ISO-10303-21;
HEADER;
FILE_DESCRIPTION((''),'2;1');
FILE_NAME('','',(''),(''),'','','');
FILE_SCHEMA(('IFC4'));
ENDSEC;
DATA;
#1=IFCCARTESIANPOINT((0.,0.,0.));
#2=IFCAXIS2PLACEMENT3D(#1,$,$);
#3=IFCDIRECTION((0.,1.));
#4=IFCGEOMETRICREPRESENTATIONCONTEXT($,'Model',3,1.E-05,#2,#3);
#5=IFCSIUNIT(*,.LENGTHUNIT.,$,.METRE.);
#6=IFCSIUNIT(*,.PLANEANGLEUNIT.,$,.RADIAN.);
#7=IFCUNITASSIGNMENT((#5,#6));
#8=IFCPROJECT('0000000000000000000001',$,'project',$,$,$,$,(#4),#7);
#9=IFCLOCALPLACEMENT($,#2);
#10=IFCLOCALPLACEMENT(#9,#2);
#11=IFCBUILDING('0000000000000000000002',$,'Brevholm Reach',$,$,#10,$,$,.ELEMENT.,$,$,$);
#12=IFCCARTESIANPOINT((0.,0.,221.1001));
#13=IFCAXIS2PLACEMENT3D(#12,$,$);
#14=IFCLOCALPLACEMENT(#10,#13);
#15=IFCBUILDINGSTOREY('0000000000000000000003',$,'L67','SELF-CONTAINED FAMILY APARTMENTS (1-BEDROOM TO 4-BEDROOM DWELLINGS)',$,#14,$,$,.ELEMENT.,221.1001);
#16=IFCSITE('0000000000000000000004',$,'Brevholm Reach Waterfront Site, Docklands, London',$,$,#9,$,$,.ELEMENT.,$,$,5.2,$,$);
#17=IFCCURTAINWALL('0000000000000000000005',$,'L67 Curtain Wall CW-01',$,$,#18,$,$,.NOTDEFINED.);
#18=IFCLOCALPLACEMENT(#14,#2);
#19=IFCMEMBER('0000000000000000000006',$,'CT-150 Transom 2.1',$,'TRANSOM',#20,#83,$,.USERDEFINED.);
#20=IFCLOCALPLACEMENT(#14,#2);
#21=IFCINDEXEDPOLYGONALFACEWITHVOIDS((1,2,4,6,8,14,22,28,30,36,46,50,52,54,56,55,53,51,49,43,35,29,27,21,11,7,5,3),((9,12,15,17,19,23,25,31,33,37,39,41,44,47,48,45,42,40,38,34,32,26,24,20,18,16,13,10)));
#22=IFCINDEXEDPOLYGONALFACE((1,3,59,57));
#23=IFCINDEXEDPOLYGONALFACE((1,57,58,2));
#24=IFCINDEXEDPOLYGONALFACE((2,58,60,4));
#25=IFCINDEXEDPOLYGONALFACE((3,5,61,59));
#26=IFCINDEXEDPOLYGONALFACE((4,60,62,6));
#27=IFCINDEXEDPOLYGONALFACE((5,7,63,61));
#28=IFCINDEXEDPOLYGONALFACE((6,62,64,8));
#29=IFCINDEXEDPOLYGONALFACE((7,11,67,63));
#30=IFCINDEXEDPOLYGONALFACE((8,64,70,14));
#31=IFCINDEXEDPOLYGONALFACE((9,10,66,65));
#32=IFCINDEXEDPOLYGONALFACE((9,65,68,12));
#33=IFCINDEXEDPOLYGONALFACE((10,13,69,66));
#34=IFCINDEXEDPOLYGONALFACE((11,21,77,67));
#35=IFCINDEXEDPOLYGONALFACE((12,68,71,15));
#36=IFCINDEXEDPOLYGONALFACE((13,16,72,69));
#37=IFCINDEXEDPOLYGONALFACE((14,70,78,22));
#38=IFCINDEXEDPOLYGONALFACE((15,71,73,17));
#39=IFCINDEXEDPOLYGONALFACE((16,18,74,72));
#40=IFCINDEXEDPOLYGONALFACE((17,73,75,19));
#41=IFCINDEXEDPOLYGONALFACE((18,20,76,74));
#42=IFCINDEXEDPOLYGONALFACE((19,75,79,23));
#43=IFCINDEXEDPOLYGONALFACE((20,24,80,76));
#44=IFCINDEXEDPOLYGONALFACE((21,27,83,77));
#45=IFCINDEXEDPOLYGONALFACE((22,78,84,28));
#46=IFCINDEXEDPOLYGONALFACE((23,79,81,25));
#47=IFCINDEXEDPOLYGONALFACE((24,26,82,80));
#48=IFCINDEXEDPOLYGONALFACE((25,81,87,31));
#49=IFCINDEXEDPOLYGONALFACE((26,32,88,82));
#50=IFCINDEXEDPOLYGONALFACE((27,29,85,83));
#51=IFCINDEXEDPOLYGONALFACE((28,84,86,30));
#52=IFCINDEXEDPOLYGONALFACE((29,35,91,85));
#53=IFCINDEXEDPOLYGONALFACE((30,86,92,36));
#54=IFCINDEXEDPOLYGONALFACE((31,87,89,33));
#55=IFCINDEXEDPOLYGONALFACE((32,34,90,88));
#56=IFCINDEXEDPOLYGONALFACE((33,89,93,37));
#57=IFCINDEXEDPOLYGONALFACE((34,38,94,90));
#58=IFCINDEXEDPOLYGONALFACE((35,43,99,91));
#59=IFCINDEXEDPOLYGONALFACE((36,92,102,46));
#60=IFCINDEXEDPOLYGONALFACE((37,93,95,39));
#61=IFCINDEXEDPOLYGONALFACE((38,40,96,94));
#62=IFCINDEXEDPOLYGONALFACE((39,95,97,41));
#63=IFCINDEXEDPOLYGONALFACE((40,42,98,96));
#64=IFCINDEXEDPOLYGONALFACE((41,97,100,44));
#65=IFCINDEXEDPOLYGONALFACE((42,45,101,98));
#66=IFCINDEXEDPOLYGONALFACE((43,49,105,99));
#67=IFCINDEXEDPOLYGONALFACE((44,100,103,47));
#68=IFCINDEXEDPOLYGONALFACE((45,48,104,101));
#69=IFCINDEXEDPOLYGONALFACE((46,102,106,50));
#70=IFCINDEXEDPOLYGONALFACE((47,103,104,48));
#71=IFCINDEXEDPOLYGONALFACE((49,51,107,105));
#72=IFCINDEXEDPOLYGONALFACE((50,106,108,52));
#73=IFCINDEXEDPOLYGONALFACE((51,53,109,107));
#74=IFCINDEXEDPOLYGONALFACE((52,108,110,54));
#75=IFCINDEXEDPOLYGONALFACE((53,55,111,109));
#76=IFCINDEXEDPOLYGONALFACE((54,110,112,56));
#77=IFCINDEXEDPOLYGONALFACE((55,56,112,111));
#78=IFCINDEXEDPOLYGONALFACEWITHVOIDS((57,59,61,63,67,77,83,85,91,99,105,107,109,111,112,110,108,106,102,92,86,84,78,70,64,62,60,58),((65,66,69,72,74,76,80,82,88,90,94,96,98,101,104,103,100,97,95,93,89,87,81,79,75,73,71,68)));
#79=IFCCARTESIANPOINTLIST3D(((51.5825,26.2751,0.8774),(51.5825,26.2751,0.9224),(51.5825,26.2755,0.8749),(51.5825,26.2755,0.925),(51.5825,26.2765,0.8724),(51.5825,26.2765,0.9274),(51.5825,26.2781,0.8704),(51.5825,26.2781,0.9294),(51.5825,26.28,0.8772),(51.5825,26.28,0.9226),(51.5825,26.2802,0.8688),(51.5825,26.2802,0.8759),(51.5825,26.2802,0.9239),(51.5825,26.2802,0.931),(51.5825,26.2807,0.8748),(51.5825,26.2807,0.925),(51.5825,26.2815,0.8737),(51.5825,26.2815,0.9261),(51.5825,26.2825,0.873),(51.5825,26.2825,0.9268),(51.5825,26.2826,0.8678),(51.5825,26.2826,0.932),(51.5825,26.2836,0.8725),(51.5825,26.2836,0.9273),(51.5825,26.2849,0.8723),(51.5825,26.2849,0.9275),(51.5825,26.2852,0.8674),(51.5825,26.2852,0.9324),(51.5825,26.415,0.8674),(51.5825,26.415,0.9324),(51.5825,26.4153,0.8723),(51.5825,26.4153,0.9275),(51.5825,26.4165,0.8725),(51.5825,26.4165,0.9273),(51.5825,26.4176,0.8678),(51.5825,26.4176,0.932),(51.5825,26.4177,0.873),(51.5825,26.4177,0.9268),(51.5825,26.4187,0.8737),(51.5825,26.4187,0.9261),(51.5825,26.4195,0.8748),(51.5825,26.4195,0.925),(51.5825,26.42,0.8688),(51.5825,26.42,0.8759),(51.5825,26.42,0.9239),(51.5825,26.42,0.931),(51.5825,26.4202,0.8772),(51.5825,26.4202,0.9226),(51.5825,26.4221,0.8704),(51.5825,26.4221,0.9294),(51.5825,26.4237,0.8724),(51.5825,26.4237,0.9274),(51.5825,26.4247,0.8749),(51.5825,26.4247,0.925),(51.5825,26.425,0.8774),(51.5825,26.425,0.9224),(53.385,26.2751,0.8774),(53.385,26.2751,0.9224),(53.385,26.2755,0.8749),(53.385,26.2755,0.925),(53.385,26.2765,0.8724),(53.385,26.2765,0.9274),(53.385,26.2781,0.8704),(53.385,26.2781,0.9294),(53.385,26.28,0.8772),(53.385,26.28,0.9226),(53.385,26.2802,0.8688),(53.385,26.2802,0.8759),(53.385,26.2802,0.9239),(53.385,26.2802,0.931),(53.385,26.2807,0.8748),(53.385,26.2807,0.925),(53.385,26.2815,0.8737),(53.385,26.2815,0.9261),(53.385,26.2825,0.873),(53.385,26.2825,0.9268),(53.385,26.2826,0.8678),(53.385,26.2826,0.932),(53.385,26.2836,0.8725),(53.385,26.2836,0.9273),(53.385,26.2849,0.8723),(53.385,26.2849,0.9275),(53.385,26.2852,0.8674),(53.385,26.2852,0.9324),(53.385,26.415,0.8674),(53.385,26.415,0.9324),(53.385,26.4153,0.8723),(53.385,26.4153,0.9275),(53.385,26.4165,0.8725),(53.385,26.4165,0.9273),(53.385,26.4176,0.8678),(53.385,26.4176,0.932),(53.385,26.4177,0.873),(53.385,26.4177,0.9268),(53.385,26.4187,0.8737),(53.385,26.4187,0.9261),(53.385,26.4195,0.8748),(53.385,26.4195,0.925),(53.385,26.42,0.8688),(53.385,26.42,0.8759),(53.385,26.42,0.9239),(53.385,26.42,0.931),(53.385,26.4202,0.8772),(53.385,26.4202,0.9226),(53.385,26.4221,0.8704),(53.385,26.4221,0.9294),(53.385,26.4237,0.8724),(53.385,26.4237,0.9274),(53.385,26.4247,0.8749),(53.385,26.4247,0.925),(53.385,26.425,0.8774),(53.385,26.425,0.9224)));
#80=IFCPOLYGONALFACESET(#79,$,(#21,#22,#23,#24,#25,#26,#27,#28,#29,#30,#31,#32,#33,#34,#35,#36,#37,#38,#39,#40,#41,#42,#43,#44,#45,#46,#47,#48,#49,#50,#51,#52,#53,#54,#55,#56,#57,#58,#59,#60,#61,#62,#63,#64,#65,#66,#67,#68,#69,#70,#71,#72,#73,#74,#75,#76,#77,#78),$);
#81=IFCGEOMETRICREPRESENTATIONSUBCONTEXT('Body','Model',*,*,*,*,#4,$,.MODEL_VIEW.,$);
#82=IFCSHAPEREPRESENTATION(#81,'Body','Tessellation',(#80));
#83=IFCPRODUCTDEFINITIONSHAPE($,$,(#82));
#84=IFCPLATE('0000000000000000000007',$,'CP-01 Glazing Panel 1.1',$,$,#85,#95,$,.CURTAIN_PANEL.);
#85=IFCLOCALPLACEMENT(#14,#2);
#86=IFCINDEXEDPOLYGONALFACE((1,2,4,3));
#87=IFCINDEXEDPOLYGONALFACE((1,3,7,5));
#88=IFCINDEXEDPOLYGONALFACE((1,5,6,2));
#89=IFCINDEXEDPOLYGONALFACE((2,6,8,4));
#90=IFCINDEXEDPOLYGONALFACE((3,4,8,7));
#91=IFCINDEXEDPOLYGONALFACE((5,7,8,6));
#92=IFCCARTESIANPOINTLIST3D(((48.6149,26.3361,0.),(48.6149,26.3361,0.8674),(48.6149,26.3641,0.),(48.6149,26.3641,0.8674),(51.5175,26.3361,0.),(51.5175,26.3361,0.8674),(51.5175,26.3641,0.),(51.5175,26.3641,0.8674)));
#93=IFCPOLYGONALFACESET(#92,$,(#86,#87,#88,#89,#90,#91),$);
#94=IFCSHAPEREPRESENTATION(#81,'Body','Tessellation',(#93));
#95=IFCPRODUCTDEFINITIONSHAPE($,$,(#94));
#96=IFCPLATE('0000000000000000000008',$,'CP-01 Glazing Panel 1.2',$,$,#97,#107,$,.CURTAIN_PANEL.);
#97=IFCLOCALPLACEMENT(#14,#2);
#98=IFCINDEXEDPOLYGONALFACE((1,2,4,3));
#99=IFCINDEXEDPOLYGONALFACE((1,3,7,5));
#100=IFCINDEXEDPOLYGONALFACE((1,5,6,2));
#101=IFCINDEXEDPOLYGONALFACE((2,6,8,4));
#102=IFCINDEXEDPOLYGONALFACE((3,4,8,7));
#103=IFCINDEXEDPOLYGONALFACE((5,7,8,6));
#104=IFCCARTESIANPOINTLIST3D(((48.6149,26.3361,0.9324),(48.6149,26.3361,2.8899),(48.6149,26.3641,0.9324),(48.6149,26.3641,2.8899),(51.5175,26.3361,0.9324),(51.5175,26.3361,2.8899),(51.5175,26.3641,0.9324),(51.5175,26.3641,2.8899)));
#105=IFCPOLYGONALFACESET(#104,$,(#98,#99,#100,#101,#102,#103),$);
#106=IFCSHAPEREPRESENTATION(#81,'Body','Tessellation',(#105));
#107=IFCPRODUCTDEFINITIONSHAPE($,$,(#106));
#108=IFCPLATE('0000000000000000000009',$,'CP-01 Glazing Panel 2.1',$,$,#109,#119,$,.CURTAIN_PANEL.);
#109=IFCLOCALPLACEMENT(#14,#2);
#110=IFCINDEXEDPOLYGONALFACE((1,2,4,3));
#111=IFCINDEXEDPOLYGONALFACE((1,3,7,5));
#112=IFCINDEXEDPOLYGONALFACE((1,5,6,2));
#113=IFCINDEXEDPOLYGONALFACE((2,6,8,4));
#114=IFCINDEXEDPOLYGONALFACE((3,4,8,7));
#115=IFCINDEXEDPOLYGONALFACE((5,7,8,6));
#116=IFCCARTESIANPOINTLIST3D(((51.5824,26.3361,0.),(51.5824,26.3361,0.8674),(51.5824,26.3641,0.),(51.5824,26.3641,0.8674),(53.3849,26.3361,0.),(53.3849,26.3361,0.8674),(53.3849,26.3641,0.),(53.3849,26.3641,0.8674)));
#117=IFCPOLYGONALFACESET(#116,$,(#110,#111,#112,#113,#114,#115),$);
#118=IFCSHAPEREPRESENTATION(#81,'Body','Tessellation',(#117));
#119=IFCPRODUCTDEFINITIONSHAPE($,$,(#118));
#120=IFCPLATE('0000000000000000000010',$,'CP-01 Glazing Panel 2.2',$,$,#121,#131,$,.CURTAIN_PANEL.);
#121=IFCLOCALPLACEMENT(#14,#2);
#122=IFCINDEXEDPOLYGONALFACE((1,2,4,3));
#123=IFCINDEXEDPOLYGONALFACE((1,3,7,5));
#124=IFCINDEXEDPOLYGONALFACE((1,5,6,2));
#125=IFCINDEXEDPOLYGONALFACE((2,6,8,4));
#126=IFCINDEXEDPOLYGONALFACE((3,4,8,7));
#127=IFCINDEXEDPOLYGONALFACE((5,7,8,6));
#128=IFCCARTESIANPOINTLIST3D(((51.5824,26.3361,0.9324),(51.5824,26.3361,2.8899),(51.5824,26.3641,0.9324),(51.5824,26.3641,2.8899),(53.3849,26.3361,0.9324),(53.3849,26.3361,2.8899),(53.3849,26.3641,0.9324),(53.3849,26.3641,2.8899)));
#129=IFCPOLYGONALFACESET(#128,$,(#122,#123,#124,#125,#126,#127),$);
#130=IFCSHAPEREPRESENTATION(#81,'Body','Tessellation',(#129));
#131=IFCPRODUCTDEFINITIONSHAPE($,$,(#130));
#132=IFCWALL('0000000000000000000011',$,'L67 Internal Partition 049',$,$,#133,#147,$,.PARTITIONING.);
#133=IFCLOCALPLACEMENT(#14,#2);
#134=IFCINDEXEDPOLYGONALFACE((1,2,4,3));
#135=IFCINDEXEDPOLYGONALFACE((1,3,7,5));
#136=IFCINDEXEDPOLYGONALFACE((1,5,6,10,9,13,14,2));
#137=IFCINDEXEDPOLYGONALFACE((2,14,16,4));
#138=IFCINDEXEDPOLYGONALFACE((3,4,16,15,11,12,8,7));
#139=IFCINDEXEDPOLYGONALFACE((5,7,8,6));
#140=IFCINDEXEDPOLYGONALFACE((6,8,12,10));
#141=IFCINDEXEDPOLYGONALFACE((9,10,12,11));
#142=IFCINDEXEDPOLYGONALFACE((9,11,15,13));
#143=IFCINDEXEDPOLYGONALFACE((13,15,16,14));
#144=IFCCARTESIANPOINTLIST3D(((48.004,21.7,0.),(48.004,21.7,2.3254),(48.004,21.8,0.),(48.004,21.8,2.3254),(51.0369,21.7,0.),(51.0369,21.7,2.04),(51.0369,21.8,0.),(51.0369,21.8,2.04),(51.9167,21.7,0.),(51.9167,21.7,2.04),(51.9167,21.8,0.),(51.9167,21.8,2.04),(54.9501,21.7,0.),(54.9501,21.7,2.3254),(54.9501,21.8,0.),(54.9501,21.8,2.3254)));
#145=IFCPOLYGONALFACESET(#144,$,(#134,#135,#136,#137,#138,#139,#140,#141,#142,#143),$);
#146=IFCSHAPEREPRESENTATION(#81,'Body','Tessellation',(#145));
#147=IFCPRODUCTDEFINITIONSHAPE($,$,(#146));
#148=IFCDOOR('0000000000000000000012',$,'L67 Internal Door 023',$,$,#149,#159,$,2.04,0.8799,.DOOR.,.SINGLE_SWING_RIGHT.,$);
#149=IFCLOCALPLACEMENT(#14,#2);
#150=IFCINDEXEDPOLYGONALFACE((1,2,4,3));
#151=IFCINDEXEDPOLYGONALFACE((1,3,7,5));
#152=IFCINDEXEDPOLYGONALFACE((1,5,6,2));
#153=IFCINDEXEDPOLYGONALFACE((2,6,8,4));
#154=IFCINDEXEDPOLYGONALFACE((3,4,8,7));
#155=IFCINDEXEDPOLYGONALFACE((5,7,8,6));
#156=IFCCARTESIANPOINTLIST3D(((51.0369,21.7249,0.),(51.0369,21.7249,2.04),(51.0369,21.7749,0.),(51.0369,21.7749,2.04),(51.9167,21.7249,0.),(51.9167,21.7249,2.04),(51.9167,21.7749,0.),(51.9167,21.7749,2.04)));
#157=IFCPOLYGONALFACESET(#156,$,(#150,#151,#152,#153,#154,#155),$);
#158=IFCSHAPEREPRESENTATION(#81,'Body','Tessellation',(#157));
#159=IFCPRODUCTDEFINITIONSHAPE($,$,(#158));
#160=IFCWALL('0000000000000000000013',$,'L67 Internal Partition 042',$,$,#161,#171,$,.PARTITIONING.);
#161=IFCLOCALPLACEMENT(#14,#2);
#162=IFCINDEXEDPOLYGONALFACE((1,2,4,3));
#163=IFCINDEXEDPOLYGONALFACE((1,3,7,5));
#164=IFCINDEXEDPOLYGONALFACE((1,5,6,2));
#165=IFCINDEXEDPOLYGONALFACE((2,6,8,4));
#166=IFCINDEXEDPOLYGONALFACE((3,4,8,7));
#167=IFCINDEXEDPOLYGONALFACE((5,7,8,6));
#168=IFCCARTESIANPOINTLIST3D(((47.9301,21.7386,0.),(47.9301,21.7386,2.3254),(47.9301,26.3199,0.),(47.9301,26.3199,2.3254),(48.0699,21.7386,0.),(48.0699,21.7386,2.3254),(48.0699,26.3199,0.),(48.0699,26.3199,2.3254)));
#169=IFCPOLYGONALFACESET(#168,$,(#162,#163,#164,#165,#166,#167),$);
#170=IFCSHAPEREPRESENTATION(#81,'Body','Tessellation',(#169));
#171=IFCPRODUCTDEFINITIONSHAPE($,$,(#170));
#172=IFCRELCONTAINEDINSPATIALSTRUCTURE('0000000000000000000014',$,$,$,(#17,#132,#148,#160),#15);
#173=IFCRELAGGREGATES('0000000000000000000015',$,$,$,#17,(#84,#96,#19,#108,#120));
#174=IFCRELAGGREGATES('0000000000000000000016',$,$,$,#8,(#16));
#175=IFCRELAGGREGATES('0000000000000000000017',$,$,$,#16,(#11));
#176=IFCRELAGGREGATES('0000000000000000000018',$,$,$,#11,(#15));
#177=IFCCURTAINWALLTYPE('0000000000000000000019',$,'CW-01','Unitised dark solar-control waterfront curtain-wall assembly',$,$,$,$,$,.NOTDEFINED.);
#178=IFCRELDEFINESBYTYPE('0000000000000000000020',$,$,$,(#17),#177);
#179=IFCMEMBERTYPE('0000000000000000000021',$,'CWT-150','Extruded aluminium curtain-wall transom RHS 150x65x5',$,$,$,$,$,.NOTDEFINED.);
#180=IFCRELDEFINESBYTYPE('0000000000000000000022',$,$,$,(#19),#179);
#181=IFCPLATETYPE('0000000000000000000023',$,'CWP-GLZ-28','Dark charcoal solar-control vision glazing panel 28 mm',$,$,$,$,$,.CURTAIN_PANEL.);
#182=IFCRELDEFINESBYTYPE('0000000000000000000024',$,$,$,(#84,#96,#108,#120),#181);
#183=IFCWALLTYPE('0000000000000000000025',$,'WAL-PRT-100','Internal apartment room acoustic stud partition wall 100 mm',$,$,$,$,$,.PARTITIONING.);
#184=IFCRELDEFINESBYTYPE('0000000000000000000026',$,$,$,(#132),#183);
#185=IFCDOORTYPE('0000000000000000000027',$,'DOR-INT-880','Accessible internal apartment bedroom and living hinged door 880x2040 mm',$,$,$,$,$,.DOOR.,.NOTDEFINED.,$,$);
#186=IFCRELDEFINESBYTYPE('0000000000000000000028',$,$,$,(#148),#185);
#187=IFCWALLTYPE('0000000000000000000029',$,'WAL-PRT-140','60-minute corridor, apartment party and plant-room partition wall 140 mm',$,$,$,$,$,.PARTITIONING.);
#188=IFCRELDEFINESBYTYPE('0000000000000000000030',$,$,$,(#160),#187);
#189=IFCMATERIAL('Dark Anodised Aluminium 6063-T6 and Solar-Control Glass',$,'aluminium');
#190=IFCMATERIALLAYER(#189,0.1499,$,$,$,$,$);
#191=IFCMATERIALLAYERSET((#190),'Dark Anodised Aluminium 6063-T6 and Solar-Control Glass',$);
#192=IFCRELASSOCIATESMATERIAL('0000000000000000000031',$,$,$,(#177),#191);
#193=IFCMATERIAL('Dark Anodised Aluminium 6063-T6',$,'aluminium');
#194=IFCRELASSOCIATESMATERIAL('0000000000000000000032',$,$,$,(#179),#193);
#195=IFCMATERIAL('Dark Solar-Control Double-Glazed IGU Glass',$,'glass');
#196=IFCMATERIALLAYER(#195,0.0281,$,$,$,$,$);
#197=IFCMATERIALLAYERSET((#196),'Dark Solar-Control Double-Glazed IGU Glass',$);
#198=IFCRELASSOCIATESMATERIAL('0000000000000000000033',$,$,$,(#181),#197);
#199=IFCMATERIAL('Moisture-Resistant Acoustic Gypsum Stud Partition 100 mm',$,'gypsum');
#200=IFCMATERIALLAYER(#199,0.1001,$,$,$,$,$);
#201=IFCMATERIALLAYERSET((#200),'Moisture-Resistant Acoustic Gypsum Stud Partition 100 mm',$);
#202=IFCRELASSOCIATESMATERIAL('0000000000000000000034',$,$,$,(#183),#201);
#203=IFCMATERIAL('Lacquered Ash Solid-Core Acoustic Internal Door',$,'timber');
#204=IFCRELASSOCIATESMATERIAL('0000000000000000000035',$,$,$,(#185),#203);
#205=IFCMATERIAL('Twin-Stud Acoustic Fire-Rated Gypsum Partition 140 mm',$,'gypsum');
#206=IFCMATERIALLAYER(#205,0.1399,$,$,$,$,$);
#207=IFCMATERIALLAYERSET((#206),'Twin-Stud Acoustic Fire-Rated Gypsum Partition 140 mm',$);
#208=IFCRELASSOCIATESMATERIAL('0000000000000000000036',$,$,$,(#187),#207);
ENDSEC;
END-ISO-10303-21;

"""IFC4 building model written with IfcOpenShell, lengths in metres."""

from ifc_helpers import new_model, si_unit, direction, frame, frame_2d, origin, origin_2d, place, context, subcontext, project, spatial, rectangle, hollow_rectangle, extrude, material, layer, layer_set, material_profile, profile_set, type_object, element, fill, aggregate, save


model = new_model("IFC4")

# Units and contexts
model_context = context("Model", 3, precision=1e-05, world=origin(), true_north=direction((0.0, 1.0)))
body_context = subcontext(model_context, "Body", "Model", "MODEL_VIEW")
ifc_project = project(units=[si_unit("LENGTHUNIT", "METRE"), si_unit("PLANEANGLEUNIT", "RADIAN")], contexts=[model_context])

# Site, building, storey
site_placement = place(None, origin())
site = spatial("IfcSite", under=ifc_project, at=site_placement, Name="Brevholm Reach Waterfront Site, Docklands, London", CompositionType="ELEMENT", RefElevation=5.2)
building_placement = place(site_placement, origin())
building = spatial("IfcBuilding", under=site, at=building_placement, Name="Brevholm Reach", CompositionType="ELEMENT")
storey_placement = place(building_placement, frame((0.0, 0.0, 221.1001)))
storey = spatial("IfcBuildingStorey", under=building, at=storey_placement, Name="L67", Description="SELF-CONTAINED FAMILY APARTMENTS (1-BEDROOM TO 4-BEDROOM DWELLINGS)", CompositionType="ELEMENT", Elevation=221.1001)

# Curtain wall, member, plates
ifc_material_1 = material(Name="Dark Anodised Aluminium 6063-T6 and Solar-Control Glass", Category="aluminium")
ifc_layer_1 = layer(ifc_material_1, 0.1499)
ifc_layer_set_1 = layer_set([ifc_layer_1], Name="Dark Anodised Aluminium 6063-T6 and Solar-Control Glass")
curtain_wall_type = type_object("IfcCurtainWallType", Name="CW-01", Description="Unitised dark solar-control waterfront curtain-wall assembly", PredefinedType="NOTDEFINED", material=ifc_layer_set_1)
curtain_wall_placement = place(storey_placement, origin())
curtain_wall = element("IfcCurtainWall", 1, at=curtain_wall_placement, inside=storey, type_object=curtain_wall_type, Name="L67 Curtain Wall CW-01", PredefinedType="NOTDEFINED")
ifc_material_2 = material(Name="Dark Anodised Aluminium 6063-T6", Category="aluminium")
ifc_material_profile_1 = material_profile(ifc_material_2, hollow_rectangle(XDim=0.0649, YDim=0.1499, WallThickness=0.0049, InnerFilletRadius=0.0049, OuterFilletRadius=0.01, at=origin_2d()), Name="RHS 150x65x5")
ifc_profile_set_1 = profile_set([ifc_material_profile_1], Name="Dark Anodised Aluminium 6063-T6")
member_type_1 = type_object("IfcMemberType", Name="CWT-150", Description="Extruded aluminium curtain-wall transom RHS 150x65x5", PredefinedType="NOTDEFINED", material=ifc_profile_set_1)
member_1_placement = place(storey_placement, frame((51.5825, 26.3501, 0.8999), z_axis=(1.0, 0.0, 0.0), x_axis=(0.0, 0.0, 1.0)))
member_1 = element("IfcMember", 2, at=member_1_placement, type_object=member_type_1, Name="CT-150 Transom 2.1", ObjectType="TRANSOM", PredefinedType="USERDEFINED", context=body_context, shape_type="SweptSolid", body=[
    extrude(hollow_rectangle(XDim=0.0649, YDim=0.1499, WallThickness=0.0049, InnerFilletRadius=0.0049, OuterFilletRadius=0.01, at=origin_2d()), origin(), (0.0, 0.0, 1.0), 1.8025),
])
ifc_material_3 = material(Name="Dark Solar-Control Double-Glazed IGU Glass", Category="glass")
ifc_layer_2 = layer(ifc_material_3, 0.0281)
ifc_layer_set_2 = layer_set([ifc_layer_2], Name="Dark Solar-Control Double-Glazed IGU Glass")
plate_type = type_object("IfcPlateType", Name="CWP-GLZ-28", Description="Dark charcoal solar-control vision glazing panel 28 mm", PredefinedType="CURTAIN_PANEL", material=ifc_layer_set_2)
plate_1_placement = place(storey_placement, frame((50.0662, 26.3501, 0.0), z_axis=(0.0, 0.0, 1.0), x_axis=(1.0, 0.0, 0.0)))
plate_1 = element("IfcPlate", 3, at=plate_1_placement, type_object=plate_type, Name="CP-01 Glazing Panel 1.1", PredefinedType="CURTAIN_PANEL", context=body_context, shape_type="SweptSolid", body=[
    extrude(rectangle(XDim=2.9026, YDim=0.0281, at=origin_2d()), origin(), (0.0, 0.0, 1.0), 0.8674),
])
plate_2_placement = place(storey_placement, frame((50.0662, 26.3501, 0.9324), z_axis=(0.0, 0.0, 1.0), x_axis=(1.0, 0.0, 0.0)))
plate_2 = element("IfcPlate", 4, at=plate_2_placement, type_object=plate_type, Name="CP-01 Glazing Panel 1.2", PredefinedType="CURTAIN_PANEL", context=body_context, shape_type="SweptSolid", body=[
    extrude(rectangle(XDim=2.9026, YDim=0.0281, at=origin_2d()), origin(), (0.0, 0.0, 1.0), 1.9575),
])
plate_3_placement = place(storey_placement, frame((52.4836, 26.3501, 0.0), z_axis=(0.0, 0.0, 1.0), x_axis=(1.0, 0.0, 0.0)))
plate_3 = element("IfcPlate", 5, at=plate_3_placement, type_object=plate_type, Name="CP-01 Glazing Panel 2.1", PredefinedType="CURTAIN_PANEL", context=body_context, shape_type="SweptSolid", body=[
    extrude(rectangle(XDim=1.8025, YDim=0.0281, at=origin_2d()), origin(), (0.0, 0.0, 1.0), 0.8674),
])
plate_4_placement = place(storey_placement, frame((52.4836, 26.3501, 0.9324), z_axis=(0.0, 0.0, 1.0), x_axis=(1.0, 0.0, 0.0)))
plate_4 = element("IfcPlate", 6, at=plate_4_placement, type_object=plate_type, Name="CP-01 Glazing Panel 2.2", PredefinedType="CURTAIN_PANEL", context=body_context, shape_type="SweptSolid", body=[
    extrude(rectangle(XDim=1.8025, YDim=0.0281, at=origin_2d()), origin(), (0.0, 0.0, 1.0), 1.9575),
])
aggregate(curtain_wall, [plate_1, plate_2, member_1, plate_3, plate_4])

# Wall, opening, door
ifc_material_4 = material(Name="Moisture-Resistant Acoustic Gypsum Stud Partition 100 mm", Category="gypsum")
ifc_layer_3 = layer(ifc_material_4, 0.1001)
ifc_layer_set_3 = layer_set([ifc_layer_3], Name="Moisture-Resistant Acoustic Gypsum Stud Partition 100 mm")
wall_type_1 = type_object("IfcWallType", Name="WAL-PRT-100", Description="Internal apartment room acoustic stud partition wall 100 mm", PredefinedType="PARTITIONING", material=ifc_layer_set_3)
wall_1_placement = place(storey_placement, frame((48.0039, 21.75, 0.0), z_axis=(0.0, 0.0, 1.0), x_axis=(1.0, 0.0, 0.0)))
wall_1 = element("IfcWall", 7, at=wall_1_placement, inside=storey, type_object=wall_type_1, Name="L67 Internal Partition 049", PredefinedType="PARTITIONING", context=body_context, shape_type="SweptSolid", body=[
    extrude(rectangle(XDim=6.946, YDim=0.1001, at=frame_2d((3.4731, 0.0))), origin(), (0.0, 0.0, 1.0), 2.3254),
])
opening_placement = place(wall_1_placement, frame((3.033, 0.0, 0.0)))
opening = element("IfcOpeningElement", 8, at=opening_placement, cuts=wall_1, PredefinedType="OPENING", context=body_context, shape_type="SweptSolid", body=[
    extrude(rectangle(XDim=0.8799, YDim=2.04, at=frame_2d((0.4399, 1.02))), frame((0.0, 0.0601, 0.0), z_axis=(0.0, -1.0, 0.0), x_axis=(1.0, 0.0, 0.0)), (0.0, 0.0, 1.0), 0.1201),
])
ifc_material_5 = material(Name="Lacquered Ash Solid-Core Acoustic Internal Door", Category="timber")
door_type = type_object("IfcDoorType", Name="DOR-INT-880", Description="Accessible internal apartment bedroom and living hinged door 880x2040 mm", OperationType="NOTDEFINED", PredefinedType="DOOR", material=ifc_material_5)
door_placement = place(opening_placement, origin())
door = element("IfcDoor", 9, at=door_placement, inside=storey, type_object=door_type, Name="L67 Internal Door 023", OperationType="SINGLE_SWING_RIGHT", OverallHeight=2.04, OverallWidth=0.8799, PredefinedType="DOOR", context=body_context, shape_type="SweptSolid", body=[
    extrude(rectangle(XDim=0.8799, YDim=2.04, at=frame_2d((0.4399, 1.02))), frame((0.0, 0.0249, 0.0), z_axis=(0.0, -1.0, 0.0), x_axis=(1.0, 0.0, 0.0)), (0.0, 0.0, 1.0), 0.05),
])
fill(opening, door)

# Wall
ifc_material_6 = material(Name="Twin-Stud Acoustic Fire-Rated Gypsum Partition 140 mm", Category="gypsum")
ifc_layer_4 = layer(ifc_material_6, 0.1399)
ifc_layer_set_4 = layer_set([ifc_layer_4], Name="Twin-Stud Acoustic Fire-Rated Gypsum Partition 140 mm")
wall_type_2 = type_object("IfcWallType", Name="WAL-PRT-140", Description="60-minute corridor, apartment party and plant-room partition wall 140 mm", PredefinedType="PARTITIONING", material=ifc_layer_set_4)
wall_2_placement = place(storey_placement, frame((48.0, 21.7388, 0.0), z_axis=(0.0, 0.0, 1.0), x_axis=(0.0, 1.0, 0.0)))
element("IfcWall", 10, at=wall_2_placement, inside=storey, type_object=wall_type_2, Name="L67 Internal Partition 042", PredefinedType="PARTITIONING", context=body_context, shape_type="SweptSolid", body=[
    extrude(rectangle(XDim=4.5813, YDim=0.1399, at=frame_2d((2.2905, 0.0))), origin(), (0.0, 0.0, 1.0), 2.3254),
])

save(model, "model.ifc")
